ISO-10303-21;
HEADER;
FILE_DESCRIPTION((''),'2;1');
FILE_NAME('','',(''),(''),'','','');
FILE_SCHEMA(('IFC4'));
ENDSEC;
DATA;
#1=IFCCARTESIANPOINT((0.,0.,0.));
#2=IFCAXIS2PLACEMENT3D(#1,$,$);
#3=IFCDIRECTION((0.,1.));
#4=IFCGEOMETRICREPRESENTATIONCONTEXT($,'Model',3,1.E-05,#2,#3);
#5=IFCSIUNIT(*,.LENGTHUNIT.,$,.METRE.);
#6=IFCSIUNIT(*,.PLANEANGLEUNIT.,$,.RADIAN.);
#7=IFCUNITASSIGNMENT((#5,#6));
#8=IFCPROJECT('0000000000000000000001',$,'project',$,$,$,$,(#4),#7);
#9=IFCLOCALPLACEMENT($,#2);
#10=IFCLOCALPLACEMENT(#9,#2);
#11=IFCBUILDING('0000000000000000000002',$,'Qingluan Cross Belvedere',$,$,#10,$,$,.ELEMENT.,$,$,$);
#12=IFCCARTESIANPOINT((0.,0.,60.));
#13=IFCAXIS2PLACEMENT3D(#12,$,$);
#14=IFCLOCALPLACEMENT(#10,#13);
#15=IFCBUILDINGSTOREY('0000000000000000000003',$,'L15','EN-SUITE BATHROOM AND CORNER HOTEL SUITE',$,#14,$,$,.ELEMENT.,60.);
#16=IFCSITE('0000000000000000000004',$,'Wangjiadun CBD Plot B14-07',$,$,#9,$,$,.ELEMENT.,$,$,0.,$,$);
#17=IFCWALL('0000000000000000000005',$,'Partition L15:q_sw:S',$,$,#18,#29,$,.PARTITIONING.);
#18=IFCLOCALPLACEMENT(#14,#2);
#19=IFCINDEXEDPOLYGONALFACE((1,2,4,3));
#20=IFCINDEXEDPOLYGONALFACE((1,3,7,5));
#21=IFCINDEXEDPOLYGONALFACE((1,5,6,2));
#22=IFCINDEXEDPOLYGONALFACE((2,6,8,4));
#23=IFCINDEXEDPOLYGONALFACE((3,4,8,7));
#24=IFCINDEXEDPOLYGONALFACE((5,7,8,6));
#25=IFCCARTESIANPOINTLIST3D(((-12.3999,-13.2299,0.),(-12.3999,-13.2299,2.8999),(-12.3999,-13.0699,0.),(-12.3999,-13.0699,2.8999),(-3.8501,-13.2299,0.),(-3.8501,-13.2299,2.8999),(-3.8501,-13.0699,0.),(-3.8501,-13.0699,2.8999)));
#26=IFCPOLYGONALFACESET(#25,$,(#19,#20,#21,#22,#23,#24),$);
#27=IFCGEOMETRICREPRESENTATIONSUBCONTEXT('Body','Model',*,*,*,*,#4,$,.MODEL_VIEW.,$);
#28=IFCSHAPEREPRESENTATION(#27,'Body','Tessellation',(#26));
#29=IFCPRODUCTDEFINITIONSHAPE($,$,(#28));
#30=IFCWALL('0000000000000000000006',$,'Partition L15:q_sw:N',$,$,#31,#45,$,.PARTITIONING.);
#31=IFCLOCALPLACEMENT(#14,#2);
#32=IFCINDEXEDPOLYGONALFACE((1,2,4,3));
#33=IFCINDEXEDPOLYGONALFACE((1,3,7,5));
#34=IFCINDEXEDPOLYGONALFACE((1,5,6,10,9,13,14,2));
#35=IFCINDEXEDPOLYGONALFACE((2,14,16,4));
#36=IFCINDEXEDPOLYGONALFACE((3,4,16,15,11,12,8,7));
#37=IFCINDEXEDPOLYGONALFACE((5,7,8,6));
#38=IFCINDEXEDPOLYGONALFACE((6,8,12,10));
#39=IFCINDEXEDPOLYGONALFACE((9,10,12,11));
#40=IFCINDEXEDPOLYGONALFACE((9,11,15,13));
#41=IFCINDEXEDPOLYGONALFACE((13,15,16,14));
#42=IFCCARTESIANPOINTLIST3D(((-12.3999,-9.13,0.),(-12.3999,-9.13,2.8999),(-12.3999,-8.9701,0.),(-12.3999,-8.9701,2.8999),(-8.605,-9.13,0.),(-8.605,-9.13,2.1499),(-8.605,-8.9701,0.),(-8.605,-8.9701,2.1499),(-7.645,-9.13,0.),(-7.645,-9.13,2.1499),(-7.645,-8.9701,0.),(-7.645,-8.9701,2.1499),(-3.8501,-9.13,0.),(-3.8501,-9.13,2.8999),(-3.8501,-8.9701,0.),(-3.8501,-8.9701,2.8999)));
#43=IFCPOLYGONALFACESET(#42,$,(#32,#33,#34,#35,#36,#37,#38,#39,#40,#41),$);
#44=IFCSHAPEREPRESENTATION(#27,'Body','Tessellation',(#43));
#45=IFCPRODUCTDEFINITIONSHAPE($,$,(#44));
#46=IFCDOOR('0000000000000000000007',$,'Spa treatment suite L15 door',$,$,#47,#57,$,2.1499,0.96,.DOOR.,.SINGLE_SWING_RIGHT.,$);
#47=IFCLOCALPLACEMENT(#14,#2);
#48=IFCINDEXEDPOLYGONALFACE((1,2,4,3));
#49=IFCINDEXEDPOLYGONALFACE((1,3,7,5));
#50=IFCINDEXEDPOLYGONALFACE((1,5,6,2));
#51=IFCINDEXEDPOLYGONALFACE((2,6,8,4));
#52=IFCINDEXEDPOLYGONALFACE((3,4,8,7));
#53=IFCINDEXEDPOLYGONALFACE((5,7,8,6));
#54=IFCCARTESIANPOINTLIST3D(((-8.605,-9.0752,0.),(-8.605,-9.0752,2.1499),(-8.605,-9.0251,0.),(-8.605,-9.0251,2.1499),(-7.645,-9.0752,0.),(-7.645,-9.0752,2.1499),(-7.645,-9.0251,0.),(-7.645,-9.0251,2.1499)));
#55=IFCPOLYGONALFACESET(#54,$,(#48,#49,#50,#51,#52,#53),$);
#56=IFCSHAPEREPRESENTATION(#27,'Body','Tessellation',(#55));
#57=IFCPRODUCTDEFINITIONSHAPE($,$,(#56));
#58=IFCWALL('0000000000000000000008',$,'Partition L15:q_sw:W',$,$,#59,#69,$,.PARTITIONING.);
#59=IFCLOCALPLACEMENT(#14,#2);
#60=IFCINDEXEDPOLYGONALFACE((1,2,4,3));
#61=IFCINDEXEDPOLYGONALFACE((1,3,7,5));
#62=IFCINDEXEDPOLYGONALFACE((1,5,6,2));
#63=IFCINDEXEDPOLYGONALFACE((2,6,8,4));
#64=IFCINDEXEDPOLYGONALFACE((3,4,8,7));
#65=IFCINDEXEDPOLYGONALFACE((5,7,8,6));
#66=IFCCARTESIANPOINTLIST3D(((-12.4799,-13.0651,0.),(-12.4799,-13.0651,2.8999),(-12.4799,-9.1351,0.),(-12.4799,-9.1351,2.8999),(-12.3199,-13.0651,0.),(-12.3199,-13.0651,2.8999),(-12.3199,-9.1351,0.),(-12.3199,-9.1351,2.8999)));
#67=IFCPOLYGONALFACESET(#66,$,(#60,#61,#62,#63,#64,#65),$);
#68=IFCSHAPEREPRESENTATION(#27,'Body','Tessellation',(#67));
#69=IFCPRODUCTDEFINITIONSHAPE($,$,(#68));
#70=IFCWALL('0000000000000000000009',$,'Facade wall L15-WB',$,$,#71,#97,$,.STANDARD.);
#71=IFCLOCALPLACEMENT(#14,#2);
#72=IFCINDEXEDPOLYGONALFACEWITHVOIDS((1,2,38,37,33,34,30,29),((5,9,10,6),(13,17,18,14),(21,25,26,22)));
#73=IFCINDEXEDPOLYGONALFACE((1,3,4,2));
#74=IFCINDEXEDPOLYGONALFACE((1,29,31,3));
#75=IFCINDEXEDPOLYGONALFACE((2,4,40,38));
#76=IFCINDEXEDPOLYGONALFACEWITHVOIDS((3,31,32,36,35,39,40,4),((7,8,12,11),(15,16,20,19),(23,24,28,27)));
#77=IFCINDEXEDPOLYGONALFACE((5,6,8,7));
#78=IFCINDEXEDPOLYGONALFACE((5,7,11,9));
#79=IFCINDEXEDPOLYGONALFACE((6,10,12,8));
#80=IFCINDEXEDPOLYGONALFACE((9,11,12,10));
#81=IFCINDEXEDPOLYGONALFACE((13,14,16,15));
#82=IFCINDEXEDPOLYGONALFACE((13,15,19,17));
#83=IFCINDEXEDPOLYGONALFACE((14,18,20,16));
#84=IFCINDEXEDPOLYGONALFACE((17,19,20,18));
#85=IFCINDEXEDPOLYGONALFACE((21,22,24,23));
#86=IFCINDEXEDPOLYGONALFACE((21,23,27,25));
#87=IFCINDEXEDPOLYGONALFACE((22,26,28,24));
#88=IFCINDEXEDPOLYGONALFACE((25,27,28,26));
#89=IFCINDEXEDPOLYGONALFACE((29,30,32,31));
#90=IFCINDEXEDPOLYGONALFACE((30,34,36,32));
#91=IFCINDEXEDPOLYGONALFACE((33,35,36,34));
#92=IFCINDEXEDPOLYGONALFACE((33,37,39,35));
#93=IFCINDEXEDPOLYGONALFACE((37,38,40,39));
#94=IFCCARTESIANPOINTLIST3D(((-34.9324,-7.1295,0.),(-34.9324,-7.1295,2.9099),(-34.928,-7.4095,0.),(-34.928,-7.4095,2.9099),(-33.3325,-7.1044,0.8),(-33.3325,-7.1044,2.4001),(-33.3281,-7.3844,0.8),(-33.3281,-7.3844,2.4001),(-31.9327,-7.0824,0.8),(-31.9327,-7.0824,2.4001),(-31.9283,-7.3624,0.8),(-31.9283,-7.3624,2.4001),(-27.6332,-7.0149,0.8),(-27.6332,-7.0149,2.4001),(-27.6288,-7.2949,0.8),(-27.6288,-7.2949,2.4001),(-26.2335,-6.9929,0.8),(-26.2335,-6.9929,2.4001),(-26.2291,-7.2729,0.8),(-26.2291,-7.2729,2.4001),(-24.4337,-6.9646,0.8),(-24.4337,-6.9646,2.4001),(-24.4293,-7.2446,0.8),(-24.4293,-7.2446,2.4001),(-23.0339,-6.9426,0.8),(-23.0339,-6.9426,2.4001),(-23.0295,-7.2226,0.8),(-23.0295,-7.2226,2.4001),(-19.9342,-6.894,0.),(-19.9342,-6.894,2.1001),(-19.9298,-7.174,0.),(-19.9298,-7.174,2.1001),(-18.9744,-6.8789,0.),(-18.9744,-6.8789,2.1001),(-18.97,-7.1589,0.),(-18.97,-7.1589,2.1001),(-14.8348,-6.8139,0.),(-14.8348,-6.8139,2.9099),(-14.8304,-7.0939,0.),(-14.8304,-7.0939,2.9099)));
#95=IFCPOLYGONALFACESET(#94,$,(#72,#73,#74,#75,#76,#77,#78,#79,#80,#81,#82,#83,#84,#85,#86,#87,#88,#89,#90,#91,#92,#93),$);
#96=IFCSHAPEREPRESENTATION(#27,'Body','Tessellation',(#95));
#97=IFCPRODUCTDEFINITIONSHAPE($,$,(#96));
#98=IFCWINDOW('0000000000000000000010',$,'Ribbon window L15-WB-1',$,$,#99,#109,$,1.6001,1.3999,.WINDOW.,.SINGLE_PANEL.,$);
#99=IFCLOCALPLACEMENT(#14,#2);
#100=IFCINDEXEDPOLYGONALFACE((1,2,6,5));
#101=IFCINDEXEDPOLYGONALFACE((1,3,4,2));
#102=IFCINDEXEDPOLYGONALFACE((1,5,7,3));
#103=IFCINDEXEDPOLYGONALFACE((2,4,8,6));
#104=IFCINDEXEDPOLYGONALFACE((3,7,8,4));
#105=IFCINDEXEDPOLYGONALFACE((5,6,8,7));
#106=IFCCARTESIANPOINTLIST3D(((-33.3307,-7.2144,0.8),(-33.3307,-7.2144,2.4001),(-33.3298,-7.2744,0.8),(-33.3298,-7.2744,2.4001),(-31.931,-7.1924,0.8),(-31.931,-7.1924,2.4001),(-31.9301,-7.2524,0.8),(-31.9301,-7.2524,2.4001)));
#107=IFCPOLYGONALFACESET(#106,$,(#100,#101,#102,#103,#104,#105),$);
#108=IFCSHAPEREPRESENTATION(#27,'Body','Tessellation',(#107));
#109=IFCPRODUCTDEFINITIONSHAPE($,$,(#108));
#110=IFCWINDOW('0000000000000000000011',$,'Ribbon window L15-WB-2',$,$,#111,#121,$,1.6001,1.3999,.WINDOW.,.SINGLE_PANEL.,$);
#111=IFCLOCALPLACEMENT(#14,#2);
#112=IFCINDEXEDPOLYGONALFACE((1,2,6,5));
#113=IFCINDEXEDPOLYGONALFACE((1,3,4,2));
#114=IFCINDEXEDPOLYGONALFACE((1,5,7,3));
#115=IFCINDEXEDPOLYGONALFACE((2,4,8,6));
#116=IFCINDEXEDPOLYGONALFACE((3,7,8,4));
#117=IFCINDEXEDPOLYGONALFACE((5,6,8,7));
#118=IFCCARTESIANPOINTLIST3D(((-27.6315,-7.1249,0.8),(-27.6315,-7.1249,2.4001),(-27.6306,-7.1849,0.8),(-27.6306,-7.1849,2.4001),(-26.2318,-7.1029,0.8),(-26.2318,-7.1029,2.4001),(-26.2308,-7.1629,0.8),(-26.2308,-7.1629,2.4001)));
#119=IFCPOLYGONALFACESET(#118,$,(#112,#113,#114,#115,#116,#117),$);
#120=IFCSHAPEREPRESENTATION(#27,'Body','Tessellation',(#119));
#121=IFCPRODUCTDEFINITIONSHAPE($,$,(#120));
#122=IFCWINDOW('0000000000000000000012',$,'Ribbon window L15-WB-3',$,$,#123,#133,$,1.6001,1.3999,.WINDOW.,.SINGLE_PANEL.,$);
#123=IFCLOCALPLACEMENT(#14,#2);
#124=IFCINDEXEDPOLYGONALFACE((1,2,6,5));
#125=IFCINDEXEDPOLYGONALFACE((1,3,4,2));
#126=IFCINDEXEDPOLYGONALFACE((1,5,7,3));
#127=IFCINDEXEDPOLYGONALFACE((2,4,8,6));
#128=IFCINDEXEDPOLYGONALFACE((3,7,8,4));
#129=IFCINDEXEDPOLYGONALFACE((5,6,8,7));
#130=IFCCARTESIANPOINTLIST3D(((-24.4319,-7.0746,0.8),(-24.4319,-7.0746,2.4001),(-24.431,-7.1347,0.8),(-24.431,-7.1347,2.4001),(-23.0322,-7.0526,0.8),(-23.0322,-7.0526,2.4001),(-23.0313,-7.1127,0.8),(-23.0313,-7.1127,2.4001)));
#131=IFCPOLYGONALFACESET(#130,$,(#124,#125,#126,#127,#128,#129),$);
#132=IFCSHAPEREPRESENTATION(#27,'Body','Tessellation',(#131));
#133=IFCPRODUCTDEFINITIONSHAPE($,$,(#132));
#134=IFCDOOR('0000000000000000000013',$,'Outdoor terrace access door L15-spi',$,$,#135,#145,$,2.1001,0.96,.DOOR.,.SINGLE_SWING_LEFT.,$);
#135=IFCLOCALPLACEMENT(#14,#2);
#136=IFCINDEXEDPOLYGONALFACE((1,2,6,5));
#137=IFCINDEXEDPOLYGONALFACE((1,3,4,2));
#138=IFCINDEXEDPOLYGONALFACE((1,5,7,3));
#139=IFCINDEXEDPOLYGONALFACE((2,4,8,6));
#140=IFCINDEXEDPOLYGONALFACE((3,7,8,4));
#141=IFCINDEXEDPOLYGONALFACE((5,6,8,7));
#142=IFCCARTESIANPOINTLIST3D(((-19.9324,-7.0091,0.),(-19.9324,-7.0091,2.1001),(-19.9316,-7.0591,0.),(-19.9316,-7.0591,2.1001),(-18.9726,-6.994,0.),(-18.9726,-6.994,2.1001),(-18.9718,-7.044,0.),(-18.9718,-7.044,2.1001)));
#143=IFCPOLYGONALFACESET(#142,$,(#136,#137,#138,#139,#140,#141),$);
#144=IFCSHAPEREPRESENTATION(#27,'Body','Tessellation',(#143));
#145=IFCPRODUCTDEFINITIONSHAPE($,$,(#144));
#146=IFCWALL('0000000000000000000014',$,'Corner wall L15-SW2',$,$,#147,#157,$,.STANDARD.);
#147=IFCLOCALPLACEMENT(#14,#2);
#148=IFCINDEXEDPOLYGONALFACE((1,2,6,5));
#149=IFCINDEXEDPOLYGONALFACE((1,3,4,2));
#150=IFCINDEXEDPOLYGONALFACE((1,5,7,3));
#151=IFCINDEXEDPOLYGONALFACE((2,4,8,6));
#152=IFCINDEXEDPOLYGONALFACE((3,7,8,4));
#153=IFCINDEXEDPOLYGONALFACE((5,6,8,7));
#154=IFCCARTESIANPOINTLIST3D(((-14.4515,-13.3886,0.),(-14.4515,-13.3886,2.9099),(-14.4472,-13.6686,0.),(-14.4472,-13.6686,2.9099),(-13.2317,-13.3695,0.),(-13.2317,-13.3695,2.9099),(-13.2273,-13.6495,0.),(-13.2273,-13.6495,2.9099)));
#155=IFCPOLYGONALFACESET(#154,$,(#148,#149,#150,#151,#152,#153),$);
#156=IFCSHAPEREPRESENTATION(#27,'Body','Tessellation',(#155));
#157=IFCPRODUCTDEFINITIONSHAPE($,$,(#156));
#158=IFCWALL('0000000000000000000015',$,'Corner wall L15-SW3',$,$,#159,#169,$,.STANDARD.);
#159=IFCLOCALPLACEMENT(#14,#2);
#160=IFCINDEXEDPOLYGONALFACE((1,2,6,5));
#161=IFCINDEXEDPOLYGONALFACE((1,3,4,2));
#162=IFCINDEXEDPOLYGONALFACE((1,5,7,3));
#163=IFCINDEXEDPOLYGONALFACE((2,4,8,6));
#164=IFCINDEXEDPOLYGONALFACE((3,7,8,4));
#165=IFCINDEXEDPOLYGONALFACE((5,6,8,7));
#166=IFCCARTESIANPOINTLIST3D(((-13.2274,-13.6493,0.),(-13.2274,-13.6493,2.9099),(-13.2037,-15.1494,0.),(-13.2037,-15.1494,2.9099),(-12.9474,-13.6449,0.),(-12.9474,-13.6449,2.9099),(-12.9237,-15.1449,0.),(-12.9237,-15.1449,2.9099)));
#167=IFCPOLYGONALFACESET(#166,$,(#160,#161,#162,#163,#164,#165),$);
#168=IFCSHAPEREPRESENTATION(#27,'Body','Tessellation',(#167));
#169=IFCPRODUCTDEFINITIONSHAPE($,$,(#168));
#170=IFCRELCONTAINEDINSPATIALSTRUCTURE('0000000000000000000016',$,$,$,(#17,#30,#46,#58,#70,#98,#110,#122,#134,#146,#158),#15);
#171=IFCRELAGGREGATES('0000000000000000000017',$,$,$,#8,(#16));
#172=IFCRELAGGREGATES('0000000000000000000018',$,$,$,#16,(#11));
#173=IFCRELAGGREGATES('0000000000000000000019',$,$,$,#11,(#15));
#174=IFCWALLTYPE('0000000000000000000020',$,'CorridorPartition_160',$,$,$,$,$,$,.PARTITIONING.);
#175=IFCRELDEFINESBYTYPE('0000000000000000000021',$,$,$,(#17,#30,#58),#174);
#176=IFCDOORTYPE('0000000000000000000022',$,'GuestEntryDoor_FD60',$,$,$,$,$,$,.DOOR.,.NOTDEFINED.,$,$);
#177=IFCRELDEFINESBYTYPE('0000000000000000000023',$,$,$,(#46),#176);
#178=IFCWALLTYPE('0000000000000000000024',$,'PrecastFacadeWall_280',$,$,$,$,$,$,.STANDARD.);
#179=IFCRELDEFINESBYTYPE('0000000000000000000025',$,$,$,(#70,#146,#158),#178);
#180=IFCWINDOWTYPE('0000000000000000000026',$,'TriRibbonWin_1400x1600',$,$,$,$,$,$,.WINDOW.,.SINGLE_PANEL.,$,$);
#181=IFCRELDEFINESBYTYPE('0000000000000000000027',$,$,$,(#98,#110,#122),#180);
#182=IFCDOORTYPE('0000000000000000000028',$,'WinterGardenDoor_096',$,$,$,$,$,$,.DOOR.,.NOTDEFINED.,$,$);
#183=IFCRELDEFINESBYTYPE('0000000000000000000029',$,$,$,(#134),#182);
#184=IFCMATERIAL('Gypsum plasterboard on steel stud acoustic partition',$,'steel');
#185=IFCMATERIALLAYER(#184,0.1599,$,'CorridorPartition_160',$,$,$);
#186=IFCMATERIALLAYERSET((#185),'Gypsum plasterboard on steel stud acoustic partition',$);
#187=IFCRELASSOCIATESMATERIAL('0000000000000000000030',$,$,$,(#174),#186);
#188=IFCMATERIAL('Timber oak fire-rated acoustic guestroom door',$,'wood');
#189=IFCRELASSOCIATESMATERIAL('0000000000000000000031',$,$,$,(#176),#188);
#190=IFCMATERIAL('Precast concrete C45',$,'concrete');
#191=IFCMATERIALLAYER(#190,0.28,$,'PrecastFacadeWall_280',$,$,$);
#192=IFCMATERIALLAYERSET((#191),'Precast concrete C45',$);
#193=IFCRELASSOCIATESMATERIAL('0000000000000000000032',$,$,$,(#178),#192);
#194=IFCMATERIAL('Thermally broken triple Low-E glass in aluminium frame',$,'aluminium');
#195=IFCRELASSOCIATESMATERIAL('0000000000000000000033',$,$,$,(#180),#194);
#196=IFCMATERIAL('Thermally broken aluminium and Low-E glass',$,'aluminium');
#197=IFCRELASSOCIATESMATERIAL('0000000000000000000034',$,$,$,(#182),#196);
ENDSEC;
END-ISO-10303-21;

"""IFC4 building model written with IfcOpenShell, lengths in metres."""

from ifc_helpers import new_model, si_unit, direction, frame, frame_2d, origin, place, context, subcontext, project, spatial, rectangle, extrude, material, layer, layer_set, type_object, element, fill, save


model = new_model("IFC4")

# Units and contexts
model_context = context("Model", 3, precision=1e-05, world=origin(), true_north=direction((0.0, 1.0)))
body_context = subcontext(model_context, "Body", "Model", "MODEL_VIEW")
ifc_project = project(units=[si_unit("LENGTHUNIT", "METRE"), si_unit("PLANEANGLEUNIT", "RADIAN")], contexts=[model_context])

# Site, building, storey
site_placement = place(None, origin())
site = spatial("IfcSite", under=ifc_project, at=site_placement, Name="Wangjiadun CBD Plot B14-07", CompositionType="ELEMENT", RefElevation=0.0)
building_placement = place(site_placement, origin())
building = spatial("IfcBuilding", under=site, at=building_placement, Name="Qingluan Cross Belvedere", CompositionType="ELEMENT")
storey_placement = place(building_placement, frame((0.0, 0.0, 60.0)))
storey = spatial("IfcBuildingStorey", under=building, at=storey_placement, Name="L15", Description="EN-SUITE BATHROOM AND CORNER HOTEL SUITE", CompositionType="ELEMENT", Elevation=60.0)

# Wall
ifc_material_1 = material(Name="Gypsum plasterboard on steel stud acoustic partition", Category="steel")
ifc_layer_1 = layer(ifc_material_1, 0.1599, Name="CorridorPartition_160")
ifc_layer_set_1 = layer_set([ifc_layer_1], Name="Gypsum plasterboard on steel stud acoustic partition")
wall_type_1 = type_object("IfcWallType", Name="CorridorPartition_160", PredefinedType="PARTITIONING", material=ifc_layer_set_1)
wall_1_placement = place(storey_placement, frame((-12.3999, -13.1499, 0.0), z_axis=(0.0, 0.0, 1.0), x_axis=(1.0, 0.0, 0.0)))
element("IfcWall", 1, at=wall_1_placement, inside=storey, type_object=wall_type_1, Name="Partition L15:q_sw:S", PredefinedType="PARTITIONING", context=body_context, shape_type="SweptSolid", body=[
    extrude(rectangle(XDim=8.5498, YDim=0.1599, at=frame_2d((4.2749, 0.0))), origin(), (0.0, 0.0, 1.0), 2.8999),
])

# Wall, opening, door
wall_2_placement = place(storey_placement, frame((-12.3999, -9.05, 0.0), z_axis=(0.0, 0.0, 1.0), x_axis=(1.0, 0.0, 0.0)))
wall_2 = element("IfcWall", 2, at=wall_2_placement, inside=storey, type_object=wall_type_1, Name="Partition L15:q_sw:N", PredefinedType="PARTITIONING", context=body_context, shape_type="SweptSolid", body=[
    extrude(rectangle(XDim=8.5498, YDim=0.1599, at=frame_2d((4.2749, 0.0))), origin(), (0.0, 0.0, 1.0), 2.8999),
])
opening_1_placement = place(wall_2_placement, frame((3.7949, 0.0, 0.0)))
opening_1 = element("IfcOpeningElement", 3, at=opening_1_placement, cuts=wall_2, PredefinedType="OPENING", context=body_context, shape_type="SweptSolid", body=[
    extrude(rectangle(XDim=0.96, YDim=2.1499, at=frame_2d((0.48, 1.075))), frame((0.0, 0.0898, 0.0), z_axis=(0.0, -1.0, 0.0), x_axis=(1.0, 0.0, 0.0)), (0.0, 0.0, 1.0), 0.1799),
])
ifc_material_2 = material(Name="Timber oak fire-rated acoustic guestroom door", Category="wood")
door_type_1 = type_object("IfcDoorType", Name="GuestEntryDoor_FD60", OperationType="NOTDEFINED", PredefinedType="DOOR", material=ifc_material_2)
door_1_placement = place(opening_1_placement, origin())
door_1 = element("IfcDoor", 4, at=door_1_placement, inside=storey, type_object=door_type_1, Name="Spa treatment suite L15 door", OperationType="SINGLE_SWING_RIGHT", OverallHeight=2.1499, OverallWidth=0.96, PredefinedType="DOOR", context=body_context, shape_type="SweptSolid", body=[
    extrude(rectangle(XDim=0.96, YDim=2.1499, at=frame_2d((0.48, 1.075))), frame((0.0, 0.0249, 0.0), z_axis=(0.0, -1.0, 0.0), x_axis=(1.0, 0.0, 0.0)), (0.0, 0.0, 1.0), 0.05),
])
fill(opening_1, door_1)

# Wall
wall_3_placement = place(storey_placement, frame((-12.3999, -13.0649, 0.0), z_axis=(0.0, 0.0, 1.0), x_axis=(0.0, 1.0, 0.0)))
element("IfcWall", 5, at=wall_3_placement, inside=storey, type_object=wall_type_1, Name="Partition L15:q_sw:W", PredefinedType="PARTITIONING", context=body_context, shape_type="SweptSolid", body=[
    extrude(rectangle(XDim=3.9299, YDim=0.1599, at=frame_2d((1.9648, 0.0))), origin(), (0.0, 0.0, 1.0), 2.8999),
])

# Wall, openings, windows, door
ifc_material_3 = material(Name="Precast concrete C45", Category="concrete")
ifc_layer_2 = layer(ifc_material_3, 0.28, Name="PrecastFacadeWall_280")
ifc_layer_set_2 = layer_set([ifc_layer_2], Name="Precast concrete C45")
wall_type_2 = type_object("IfcWallType", Name="PrecastFacadeWall_280", PredefinedType="STANDARD", material=ifc_layer_set_2)
wall_4_placement = place(storey_placement, frame((-34.9302, -7.2695, 0.0), z_axis=(0.0, 0.0, 1.0), x_axis=(0.999877, 0.015705, 0.0)))
wall_4 = element("IfcWall", 6, at=wall_4_placement, inside=storey, type_object=wall_type_2, Name="Facade wall L15-WB", PredefinedType="STANDARD", context=body_context, shape_type="SweptSolid", body=[
    extrude(rectangle(XDim=20.1001, YDim=0.28, at=frame_2d((10.05, 0.0))), origin(), (0.0, 0.0, 1.0), 2.9099),
])
opening_2_placement = place(wall_4_placement, frame((1.6001, 0.0, 0.8)))
opening_2 = element("IfcOpeningElement", 7, at=opening_2_placement, cuts=wall_4, PredefinedType="OPENING", context=body_context, shape_type="SweptSolid", body=[
    extrude(rectangle(XDim=1.3999, YDim=1.6001, at=frame_2d((0.7, 0.8))), frame((0.0, 0.1499, 0.0), z_axis=(0.0, -1.0, 0.0), x_axis=(1.0, 0.0, 0.0)), (0.0, 0.0, 1.0), 0.3),
])
opening_3_placement = place(wall_4_placement, frame((7.3, 0.0, 0.8)))
opening_3 = element("IfcOpeningElement", 8, at=opening_3_placement, cuts=wall_4, PredefinedType="OPENING", context=body_context, shape_type="SweptSolid", body=[
    extrude(rectangle(XDim=1.3999, YDim=1.6001, at=frame_2d((0.7, 0.8))), frame((0.0, 0.1499, 0.0), z_axis=(0.0, -1.0, 0.0), x_axis=(1.0, 0.0, 0.0)), (0.0, 0.0, 1.0), 0.3),
])
opening_4_placement = place(wall_4_placement, frame((10.5, 0.0, 0.8)))
opening_4 = element("IfcOpeningElement", 9, at=opening_4_placement, cuts=wall_4, PredefinedType="OPENING", context=body_context, shape_type="SweptSolid", body=[
    extrude(rectangle(XDim=1.3999, YDim=1.6001, at=frame_2d((0.7, 0.8))), frame((0.0, 0.1499, 0.0), z_axis=(0.0, -1.0, 0.0), x_axis=(1.0, 0.0, 0.0)), (0.0, 0.0, 1.0), 0.3),
])
opening_5_placement = place(wall_4_placement, frame((15.0, 0.0, 0.0)))
opening_5 = element("IfcOpeningElement", 10, at=opening_5_placement, cuts=wall_4, PredefinedType="OPENING", context=body_context, shape_type="SweptSolid", body=[
    extrude(rectangle(XDim=0.96, YDim=2.1001, at=frame_2d((0.48, 1.05))), frame((0.0, 0.1499, 0.0), z_axis=(0.0, -1.0, 0.0), x_axis=(1.0, 0.0, 0.0)), (0.0, 0.0, 1.0), 0.3),
])
ifc_material_4 = material(Name="Thermally broken triple Low-E glass in aluminium frame", Category="aluminium")
window_type = type_object("IfcWindowType", Name="TriRibbonWin_1400x1600", PartitioningType="SINGLE_PANEL", PredefinedType="WINDOW", material=ifc_material_4)
window_1_placement = place(opening_2_placement, origin())
window_1 = element("IfcWindow", 11, at=window_1_placement, inside=storey, type_object=window_type, Name="Ribbon window L15-WB-1", OverallHeight=1.6001, OverallWidth=1.3999, PartitioningType="SINGLE_PANEL", PredefinedType="WINDOW", context=body_context, shape_type="SweptSolid", body=[
    extrude(rectangle(XDim=1.3999, YDim=1.6001, at=frame_2d((0.7, 0.8))), frame((0.0, 0.03, 0.0), z_axis=(0.0, -1.0, 0.0), x_axis=(1.0, 0.0, 0.0)), (0.0, 0.0, 1.0), 0.0601),
])
fill(opening_2, window_1)
window_2_placement = place(opening_3_placement, origin())
window_2 = element("IfcWindow", 12, at=window_2_placement, inside=storey, type_object=window_type, Name="Ribbon window L15-WB-2", OverallHeight=1.6001, OverallWidth=1.3999, PartitioningType="SINGLE_PANEL", PredefinedType="WINDOW", context=body_context, shape_type="SweptSolid", body=[
    extrude(rectangle(XDim=1.3999, YDim=1.6001, at=frame_2d((0.7, 0.8))), frame((0.0, 0.03, 0.0), z_axis=(0.0, -1.0, 0.0), x_axis=(1.0, 0.0, 0.0)), (0.0, 0.0, 1.0), 0.0601),
])
fill(opening_3, window_2)
window_3_placement = place(opening_4_placement, origin())
window_3 = element("IfcWindow", 13, at=window_3_placement, inside=storey, type_object=window_type, Name="Ribbon window L15-WB-3", OverallHeight=1.6001, OverallWidth=1.3999, PartitioningType="SINGLE_PANEL", PredefinedType="WINDOW", context=body_context, shape_type="SweptSolid", body=[
    extrude(rectangle(XDim=1.3999, YDim=1.6001, at=frame_2d((0.7, 0.8))), frame((0.0, 0.03, 0.0), z_axis=(0.0, -1.0, 0.0), x_axis=(1.0, 0.0, 0.0)), (0.0, 0.0, 1.0), 0.0601),
])
fill(opening_4, window_3)
ifc_material_5 = material(Name="Thermally broken aluminium and Low-E glass", Category="aluminium")
door_type_2 = type_object("IfcDoorType", Name="WinterGardenDoor_096", OperationType="NOTDEFINED", PredefinedType="DOOR", material=ifc_material_5)
door_2_placement = place(opening_5_placement, origin())
door_2 = element("IfcDoor", 14, at=door_2_placement, inside=storey, type_object=door_type_2, Name="Outdoor terrace access door L15-spi", OperationType="SINGLE_SWING_LEFT", OverallHeight=2.1001, OverallWidth=0.96, PredefinedType="DOOR", context=body_context, shape_type="SweptSolid", body=[
    extrude(rectangle(XDim=0.96, YDim=2.1001, at=frame_2d((0.48, 1.05))), frame((0.0, 0.0249, 0.0), z_axis=(0.0, -1.0, 0.0), x_axis=(1.0, 0.0, 0.0)), (0.0, 0.0, 1.0), 0.05),
])
fill(opening_5, door_2)

# Walls
wall_5_placement = place(storey_placement, frame((-14.4492, -13.5286, 0.0), z_axis=(0.0, 0.0, 1.0), x_axis=(0.999878, 0.015611, 0.0)))
element("IfcWall", 15, at=wall_5_placement, inside=storey, type_object=wall_type_2, Name="Corner wall L15-SW2", PredefinedType="STANDARD", context=body_context, shape_type="SweptSolid", body=[
    extrude(rectangle(XDim=1.22, YDim=0.28, at=frame_2d((0.6099, 0.0))), origin(), (0.0, 0.0, 1.0), 2.9099),
])
wall_6_placement = place(storey_placement, frame((-13.0874, -13.6472, 0.0), z_axis=(0.0, 0.0, 1.0), x_axis=(0.015786, -0.999875, 0.0)))
element("IfcWall", 16, at=wall_6_placement, inside=storey, type_object=wall_type_2, Name="Corner wall L15-SW3", PredefinedType="STANDARD", context=body_context, shape_type="SweptSolid", body=[
    extrude(rectangle(XDim=1.5002, YDim=0.28, at=frame_2d((0.75, 0.0))), origin(), (0.0, 0.0, 1.0), 2.9099),
])

save(model, "model.ifc")
